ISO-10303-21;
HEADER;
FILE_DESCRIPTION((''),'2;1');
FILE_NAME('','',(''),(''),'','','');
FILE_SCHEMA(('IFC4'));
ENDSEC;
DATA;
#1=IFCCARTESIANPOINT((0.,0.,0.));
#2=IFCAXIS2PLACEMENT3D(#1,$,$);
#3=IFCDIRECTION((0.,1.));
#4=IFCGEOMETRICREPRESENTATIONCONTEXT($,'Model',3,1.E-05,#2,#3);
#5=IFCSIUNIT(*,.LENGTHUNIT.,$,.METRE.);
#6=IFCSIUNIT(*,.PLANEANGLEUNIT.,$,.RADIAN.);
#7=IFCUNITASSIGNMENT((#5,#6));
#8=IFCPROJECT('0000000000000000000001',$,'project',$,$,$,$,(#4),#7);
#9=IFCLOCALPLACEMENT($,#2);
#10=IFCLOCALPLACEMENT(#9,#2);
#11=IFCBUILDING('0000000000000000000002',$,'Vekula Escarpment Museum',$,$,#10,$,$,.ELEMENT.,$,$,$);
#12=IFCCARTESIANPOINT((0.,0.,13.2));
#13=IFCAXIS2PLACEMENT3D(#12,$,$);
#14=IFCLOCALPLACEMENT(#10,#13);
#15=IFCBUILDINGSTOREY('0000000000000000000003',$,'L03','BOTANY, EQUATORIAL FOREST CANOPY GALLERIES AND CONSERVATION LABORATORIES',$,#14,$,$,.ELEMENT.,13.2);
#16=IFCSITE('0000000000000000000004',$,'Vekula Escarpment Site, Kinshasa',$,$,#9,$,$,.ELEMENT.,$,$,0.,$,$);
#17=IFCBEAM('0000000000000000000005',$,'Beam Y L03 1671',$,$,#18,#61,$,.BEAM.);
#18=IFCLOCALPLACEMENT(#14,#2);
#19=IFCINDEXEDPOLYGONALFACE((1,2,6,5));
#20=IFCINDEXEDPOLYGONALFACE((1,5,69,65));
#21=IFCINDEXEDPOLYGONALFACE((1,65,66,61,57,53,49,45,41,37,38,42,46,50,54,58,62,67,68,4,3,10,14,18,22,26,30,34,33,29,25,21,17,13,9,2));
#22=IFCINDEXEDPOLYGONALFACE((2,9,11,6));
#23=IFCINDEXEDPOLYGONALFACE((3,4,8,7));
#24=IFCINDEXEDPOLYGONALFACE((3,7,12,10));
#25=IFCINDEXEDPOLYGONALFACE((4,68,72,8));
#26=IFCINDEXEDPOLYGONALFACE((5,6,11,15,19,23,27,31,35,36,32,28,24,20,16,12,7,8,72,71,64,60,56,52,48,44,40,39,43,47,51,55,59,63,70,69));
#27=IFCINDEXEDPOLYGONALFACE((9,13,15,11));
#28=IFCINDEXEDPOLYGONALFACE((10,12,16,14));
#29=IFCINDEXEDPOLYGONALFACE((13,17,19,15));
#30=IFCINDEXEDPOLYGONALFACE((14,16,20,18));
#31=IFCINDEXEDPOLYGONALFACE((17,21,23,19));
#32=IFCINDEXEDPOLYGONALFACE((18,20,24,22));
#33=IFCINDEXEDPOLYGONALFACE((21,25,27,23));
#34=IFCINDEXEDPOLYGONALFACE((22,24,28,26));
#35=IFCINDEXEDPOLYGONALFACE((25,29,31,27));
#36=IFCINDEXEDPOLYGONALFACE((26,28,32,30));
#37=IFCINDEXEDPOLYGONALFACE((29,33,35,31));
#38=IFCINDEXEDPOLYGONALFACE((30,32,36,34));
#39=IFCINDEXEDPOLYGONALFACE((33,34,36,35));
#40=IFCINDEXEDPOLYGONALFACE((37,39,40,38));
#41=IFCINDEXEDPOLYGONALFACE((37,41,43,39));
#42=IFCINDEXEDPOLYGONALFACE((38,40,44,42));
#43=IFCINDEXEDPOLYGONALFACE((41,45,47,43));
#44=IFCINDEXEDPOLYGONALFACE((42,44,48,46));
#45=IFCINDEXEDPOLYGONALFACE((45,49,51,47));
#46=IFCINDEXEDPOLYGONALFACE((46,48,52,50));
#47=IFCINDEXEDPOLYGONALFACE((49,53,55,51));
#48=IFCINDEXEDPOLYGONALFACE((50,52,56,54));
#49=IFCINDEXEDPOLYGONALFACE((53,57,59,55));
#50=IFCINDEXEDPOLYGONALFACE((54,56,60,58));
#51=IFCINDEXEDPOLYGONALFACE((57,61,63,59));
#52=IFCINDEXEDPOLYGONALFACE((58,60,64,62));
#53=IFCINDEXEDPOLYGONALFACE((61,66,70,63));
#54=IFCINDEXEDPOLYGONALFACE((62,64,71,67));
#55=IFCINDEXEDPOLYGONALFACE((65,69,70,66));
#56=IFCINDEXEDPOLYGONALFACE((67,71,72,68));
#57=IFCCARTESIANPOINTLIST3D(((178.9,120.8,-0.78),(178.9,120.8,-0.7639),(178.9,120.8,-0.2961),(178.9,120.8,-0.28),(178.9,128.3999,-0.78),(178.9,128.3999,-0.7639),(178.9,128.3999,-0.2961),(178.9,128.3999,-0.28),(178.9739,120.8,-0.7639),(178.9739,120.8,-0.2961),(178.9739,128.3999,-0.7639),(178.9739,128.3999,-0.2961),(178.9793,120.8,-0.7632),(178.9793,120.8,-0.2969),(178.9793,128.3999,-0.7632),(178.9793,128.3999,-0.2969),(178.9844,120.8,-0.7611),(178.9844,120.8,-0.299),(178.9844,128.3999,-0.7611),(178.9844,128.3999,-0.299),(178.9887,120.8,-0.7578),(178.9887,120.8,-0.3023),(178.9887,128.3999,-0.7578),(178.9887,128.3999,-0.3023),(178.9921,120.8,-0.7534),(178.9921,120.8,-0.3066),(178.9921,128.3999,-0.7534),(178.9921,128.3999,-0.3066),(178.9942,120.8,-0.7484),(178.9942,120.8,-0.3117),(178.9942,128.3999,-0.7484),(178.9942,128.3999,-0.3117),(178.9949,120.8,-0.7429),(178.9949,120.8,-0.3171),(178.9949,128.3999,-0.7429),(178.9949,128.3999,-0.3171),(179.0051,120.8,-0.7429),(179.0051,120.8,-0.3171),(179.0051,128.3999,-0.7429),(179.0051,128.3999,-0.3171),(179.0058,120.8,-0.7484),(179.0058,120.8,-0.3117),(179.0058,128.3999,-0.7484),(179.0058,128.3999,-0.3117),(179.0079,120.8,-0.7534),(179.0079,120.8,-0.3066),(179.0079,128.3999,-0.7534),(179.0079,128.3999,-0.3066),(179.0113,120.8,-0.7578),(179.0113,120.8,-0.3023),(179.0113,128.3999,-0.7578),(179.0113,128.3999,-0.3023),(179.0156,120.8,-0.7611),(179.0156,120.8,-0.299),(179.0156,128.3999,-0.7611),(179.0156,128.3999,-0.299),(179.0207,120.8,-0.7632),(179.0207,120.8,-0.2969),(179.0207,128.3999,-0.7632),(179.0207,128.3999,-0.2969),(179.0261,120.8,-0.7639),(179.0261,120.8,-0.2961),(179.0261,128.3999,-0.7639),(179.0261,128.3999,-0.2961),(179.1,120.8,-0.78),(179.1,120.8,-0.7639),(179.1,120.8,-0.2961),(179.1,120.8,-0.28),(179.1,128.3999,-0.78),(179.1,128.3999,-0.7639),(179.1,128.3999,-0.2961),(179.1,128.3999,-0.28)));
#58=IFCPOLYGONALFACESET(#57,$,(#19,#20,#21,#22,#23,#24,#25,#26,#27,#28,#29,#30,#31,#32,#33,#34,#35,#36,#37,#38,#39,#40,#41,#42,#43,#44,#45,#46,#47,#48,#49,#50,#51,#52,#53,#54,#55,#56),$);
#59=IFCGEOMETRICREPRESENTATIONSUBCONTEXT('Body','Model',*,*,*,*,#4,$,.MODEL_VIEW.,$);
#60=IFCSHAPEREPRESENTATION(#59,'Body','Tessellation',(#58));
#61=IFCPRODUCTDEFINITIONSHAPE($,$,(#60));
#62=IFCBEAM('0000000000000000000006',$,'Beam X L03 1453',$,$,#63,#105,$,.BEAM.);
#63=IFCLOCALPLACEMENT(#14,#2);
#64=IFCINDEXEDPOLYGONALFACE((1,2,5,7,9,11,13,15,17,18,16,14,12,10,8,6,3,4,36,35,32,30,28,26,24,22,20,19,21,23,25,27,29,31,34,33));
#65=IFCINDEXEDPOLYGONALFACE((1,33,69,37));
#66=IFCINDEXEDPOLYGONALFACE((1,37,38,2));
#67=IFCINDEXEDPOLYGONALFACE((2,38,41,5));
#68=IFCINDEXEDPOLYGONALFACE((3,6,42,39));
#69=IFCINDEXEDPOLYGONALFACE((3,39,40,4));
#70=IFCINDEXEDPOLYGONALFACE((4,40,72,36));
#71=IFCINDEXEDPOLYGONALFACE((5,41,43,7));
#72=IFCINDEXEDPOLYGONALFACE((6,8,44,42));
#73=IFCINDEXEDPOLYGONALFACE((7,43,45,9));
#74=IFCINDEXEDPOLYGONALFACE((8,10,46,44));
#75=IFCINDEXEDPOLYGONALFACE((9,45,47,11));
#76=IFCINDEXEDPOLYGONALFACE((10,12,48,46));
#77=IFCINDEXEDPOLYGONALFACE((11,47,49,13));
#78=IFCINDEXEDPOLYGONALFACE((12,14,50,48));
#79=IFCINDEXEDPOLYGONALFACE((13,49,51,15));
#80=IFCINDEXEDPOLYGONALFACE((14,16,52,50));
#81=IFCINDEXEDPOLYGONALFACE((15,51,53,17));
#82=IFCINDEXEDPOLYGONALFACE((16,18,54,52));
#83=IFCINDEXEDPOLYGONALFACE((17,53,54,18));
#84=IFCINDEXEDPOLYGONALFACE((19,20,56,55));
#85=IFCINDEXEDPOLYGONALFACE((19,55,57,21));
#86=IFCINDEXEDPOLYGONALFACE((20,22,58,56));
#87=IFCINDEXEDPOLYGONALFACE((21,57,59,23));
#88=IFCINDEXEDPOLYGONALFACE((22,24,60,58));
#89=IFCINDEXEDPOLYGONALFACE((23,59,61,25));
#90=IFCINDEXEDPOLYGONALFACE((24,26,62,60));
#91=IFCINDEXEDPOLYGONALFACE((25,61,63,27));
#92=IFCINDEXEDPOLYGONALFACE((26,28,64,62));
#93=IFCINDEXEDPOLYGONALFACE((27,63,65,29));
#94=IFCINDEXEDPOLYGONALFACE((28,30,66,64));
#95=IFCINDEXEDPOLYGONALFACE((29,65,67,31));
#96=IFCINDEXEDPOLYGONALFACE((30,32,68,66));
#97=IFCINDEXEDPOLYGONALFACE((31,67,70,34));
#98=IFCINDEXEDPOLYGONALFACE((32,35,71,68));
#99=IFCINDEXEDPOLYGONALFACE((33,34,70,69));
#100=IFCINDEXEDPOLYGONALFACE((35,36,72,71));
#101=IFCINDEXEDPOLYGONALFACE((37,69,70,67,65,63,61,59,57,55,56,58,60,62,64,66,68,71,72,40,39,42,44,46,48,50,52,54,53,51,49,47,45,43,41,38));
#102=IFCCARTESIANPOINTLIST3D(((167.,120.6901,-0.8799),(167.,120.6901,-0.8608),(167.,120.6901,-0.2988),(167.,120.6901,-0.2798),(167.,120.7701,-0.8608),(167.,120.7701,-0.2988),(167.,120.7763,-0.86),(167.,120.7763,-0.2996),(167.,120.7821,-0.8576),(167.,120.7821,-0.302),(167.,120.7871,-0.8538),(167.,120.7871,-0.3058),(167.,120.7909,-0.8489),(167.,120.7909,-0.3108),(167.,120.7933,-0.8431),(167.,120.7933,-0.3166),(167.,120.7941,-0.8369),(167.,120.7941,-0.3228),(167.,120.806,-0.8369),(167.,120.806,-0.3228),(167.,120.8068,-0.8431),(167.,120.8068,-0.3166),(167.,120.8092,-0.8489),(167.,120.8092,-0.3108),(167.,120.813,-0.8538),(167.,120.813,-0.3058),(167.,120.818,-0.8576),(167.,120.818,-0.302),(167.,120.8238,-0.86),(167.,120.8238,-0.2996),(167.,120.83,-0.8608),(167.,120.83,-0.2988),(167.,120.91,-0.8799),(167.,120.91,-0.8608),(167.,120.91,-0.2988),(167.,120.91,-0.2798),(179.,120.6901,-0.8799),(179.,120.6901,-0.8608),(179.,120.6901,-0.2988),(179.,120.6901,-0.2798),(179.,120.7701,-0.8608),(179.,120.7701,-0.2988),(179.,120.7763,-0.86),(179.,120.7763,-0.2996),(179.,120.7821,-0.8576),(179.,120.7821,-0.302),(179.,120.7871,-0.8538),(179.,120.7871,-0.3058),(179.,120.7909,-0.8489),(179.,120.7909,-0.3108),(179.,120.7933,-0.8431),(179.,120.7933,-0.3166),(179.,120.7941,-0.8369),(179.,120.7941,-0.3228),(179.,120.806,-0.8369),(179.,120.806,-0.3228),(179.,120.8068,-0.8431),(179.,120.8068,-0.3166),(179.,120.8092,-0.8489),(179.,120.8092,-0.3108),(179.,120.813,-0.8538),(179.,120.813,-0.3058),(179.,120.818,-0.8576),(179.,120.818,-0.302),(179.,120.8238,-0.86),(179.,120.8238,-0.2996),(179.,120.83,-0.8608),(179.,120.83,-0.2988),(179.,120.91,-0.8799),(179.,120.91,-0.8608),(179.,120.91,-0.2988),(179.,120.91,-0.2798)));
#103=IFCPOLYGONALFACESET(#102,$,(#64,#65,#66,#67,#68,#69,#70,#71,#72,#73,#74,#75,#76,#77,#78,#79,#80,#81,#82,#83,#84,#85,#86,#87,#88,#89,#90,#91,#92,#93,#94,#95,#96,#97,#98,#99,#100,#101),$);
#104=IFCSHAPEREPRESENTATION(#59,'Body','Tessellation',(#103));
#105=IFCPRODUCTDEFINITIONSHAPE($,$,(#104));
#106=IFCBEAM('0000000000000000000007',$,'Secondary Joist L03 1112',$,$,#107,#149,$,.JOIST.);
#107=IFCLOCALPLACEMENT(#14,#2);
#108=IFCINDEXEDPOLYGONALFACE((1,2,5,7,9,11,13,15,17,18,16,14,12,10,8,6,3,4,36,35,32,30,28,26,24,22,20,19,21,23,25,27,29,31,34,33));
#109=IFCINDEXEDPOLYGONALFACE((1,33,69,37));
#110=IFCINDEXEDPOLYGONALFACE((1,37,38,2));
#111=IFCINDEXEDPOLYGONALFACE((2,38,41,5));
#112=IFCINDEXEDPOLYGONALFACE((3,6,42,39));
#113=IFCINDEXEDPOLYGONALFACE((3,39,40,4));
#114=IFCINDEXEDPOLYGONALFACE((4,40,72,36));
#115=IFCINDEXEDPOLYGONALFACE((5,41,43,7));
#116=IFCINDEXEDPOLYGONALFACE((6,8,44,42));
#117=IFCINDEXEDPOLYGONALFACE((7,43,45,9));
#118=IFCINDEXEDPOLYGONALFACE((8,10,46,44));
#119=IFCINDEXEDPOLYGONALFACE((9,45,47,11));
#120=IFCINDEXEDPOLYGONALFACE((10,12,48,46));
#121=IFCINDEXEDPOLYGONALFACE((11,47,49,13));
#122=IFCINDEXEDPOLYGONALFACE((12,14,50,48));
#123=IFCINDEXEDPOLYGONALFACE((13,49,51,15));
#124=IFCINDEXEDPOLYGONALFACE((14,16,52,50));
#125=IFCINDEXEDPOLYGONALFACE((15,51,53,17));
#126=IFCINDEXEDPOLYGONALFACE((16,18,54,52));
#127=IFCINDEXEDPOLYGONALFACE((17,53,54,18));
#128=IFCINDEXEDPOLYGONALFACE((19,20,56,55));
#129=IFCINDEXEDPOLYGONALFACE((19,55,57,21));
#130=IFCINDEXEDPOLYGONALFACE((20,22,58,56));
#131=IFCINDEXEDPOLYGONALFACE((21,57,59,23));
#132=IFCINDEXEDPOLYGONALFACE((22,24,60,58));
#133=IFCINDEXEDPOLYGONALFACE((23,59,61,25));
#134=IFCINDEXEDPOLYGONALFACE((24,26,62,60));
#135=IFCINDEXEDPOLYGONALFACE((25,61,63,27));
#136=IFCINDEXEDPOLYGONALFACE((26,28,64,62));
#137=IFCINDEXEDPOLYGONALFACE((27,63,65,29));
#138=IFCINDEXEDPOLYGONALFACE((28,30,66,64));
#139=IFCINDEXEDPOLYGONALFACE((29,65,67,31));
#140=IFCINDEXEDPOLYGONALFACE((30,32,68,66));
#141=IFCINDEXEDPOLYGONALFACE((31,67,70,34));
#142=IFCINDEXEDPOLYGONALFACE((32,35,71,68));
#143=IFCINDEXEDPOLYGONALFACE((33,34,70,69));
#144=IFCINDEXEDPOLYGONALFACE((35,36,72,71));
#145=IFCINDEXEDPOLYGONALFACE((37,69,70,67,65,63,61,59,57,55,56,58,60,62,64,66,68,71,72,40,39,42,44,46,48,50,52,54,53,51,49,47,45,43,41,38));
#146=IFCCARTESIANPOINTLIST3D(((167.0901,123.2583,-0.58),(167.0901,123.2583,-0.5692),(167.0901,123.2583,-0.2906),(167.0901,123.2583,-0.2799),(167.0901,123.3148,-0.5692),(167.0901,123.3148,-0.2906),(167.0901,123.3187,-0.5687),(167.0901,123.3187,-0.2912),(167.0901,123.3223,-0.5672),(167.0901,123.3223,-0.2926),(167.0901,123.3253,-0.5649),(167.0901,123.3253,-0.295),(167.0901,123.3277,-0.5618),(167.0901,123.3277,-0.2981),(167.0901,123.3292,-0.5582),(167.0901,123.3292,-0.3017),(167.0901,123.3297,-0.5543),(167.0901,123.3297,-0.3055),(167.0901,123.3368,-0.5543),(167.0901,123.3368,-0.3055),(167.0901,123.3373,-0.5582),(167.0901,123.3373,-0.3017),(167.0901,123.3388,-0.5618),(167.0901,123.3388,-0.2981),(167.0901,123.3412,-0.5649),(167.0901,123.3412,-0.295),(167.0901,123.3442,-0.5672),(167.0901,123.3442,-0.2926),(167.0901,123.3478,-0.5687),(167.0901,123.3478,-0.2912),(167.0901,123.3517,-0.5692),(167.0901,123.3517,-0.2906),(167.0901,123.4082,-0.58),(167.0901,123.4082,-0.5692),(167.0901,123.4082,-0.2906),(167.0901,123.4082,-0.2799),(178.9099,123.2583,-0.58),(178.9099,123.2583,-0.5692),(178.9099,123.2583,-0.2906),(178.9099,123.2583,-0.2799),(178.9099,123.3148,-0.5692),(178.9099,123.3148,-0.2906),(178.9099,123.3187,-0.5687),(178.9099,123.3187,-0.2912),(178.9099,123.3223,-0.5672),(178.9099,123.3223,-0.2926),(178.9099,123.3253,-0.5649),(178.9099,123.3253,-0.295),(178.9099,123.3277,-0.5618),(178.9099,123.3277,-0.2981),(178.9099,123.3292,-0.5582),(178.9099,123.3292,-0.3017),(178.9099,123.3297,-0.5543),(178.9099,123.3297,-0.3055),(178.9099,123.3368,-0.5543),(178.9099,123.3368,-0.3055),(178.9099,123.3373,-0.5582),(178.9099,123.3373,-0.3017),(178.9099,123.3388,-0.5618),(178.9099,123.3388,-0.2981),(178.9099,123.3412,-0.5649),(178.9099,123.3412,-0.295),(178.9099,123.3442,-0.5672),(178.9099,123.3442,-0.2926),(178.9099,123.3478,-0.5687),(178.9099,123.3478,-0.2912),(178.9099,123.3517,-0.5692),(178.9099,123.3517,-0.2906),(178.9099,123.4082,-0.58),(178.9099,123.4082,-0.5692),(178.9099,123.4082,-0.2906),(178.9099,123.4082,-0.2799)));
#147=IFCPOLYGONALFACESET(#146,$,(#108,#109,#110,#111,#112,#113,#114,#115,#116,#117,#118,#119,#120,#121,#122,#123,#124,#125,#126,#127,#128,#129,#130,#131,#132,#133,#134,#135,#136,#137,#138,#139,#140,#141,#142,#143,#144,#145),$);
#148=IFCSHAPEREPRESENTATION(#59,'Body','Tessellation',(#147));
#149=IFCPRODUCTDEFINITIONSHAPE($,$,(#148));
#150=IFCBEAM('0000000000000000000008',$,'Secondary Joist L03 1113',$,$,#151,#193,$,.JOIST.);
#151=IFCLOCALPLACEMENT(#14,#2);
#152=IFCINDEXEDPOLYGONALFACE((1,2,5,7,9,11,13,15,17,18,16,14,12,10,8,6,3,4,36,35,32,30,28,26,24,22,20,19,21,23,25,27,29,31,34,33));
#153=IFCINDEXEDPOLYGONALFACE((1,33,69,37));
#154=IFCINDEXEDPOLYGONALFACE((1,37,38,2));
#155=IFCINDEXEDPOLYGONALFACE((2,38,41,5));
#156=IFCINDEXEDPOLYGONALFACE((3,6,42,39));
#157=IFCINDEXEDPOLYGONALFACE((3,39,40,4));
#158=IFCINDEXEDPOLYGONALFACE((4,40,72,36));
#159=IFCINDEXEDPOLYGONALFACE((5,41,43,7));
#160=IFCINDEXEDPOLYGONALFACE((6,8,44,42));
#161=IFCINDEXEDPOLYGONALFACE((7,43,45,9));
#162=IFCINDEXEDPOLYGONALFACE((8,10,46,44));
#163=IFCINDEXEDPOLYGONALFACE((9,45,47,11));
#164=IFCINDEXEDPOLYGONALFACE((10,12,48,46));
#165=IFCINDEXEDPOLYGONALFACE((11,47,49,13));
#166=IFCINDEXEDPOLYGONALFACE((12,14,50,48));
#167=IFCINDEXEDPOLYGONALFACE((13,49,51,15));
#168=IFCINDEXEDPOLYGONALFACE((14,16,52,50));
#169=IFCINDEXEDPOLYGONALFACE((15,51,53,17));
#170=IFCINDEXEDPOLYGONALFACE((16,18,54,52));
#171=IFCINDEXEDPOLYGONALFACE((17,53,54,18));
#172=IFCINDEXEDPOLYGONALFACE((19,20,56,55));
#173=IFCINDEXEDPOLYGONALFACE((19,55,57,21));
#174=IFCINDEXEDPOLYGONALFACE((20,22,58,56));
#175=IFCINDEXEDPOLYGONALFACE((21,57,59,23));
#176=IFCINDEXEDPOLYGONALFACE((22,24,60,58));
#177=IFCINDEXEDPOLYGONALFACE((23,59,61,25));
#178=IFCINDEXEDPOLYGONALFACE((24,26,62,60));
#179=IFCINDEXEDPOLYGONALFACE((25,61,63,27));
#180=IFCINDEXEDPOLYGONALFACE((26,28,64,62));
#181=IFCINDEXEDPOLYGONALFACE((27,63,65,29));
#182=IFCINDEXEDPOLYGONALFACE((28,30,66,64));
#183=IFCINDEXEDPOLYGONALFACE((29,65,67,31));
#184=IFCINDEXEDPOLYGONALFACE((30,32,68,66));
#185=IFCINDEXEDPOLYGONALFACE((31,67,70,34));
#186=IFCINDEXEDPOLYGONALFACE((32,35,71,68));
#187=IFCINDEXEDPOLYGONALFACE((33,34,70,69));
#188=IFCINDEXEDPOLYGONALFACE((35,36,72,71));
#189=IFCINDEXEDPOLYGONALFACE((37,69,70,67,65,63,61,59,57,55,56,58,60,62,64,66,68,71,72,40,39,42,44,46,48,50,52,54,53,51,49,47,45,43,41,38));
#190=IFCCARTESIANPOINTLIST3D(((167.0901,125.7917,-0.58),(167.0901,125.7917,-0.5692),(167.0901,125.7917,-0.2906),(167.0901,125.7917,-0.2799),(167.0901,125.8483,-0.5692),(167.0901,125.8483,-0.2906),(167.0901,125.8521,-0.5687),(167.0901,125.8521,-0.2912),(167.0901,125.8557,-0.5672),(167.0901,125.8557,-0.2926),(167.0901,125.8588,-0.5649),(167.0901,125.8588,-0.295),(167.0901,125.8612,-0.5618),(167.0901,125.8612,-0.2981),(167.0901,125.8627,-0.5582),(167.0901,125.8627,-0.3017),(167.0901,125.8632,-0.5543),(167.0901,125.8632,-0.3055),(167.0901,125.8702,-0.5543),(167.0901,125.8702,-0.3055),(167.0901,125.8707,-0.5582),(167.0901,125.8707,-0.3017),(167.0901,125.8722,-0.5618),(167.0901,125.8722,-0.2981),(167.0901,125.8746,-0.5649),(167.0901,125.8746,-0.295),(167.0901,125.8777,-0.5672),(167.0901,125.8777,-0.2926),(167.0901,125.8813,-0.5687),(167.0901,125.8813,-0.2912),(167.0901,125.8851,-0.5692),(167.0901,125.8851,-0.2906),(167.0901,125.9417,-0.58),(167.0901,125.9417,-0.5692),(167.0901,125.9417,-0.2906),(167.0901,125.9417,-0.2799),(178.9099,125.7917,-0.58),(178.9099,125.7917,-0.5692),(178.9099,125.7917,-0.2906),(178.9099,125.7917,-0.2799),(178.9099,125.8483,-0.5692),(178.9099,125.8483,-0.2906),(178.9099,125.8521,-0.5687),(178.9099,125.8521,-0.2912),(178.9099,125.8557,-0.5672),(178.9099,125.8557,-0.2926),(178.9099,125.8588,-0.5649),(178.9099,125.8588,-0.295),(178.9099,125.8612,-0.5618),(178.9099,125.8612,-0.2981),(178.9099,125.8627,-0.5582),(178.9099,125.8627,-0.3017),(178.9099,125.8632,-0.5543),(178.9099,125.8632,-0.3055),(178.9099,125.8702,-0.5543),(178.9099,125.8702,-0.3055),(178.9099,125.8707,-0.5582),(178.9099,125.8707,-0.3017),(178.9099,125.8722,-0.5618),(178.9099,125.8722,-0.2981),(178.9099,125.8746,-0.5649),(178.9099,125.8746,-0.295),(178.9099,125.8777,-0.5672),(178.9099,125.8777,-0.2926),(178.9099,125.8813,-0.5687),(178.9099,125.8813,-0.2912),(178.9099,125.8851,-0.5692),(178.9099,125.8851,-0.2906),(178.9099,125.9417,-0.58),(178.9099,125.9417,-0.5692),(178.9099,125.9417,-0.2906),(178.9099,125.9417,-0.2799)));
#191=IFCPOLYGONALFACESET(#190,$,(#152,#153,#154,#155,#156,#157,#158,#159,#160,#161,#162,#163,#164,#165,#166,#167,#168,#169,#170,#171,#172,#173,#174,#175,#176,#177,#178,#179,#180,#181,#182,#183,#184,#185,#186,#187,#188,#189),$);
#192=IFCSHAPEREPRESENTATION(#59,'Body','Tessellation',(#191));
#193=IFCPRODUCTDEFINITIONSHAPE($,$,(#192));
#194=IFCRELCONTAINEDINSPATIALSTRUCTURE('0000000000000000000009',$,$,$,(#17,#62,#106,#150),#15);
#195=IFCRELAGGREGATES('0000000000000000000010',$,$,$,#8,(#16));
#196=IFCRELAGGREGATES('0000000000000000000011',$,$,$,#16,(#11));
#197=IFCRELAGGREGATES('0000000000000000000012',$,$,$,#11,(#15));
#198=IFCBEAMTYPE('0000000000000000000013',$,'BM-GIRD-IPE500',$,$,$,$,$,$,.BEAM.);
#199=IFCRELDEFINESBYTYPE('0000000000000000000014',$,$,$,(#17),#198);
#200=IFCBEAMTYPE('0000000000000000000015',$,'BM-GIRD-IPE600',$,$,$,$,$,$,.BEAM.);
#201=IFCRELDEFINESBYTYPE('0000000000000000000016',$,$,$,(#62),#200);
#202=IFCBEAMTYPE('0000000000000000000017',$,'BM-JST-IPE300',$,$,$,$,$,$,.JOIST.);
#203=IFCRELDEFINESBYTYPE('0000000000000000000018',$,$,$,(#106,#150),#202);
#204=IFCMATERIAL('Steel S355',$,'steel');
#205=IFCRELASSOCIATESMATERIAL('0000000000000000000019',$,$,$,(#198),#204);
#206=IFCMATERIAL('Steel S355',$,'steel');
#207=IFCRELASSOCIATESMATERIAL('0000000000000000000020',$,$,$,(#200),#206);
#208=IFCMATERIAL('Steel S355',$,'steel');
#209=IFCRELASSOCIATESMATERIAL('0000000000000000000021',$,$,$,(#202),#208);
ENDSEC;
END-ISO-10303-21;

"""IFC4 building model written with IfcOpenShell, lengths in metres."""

from ifc_helpers import new_model, si_unit, direction, frame, origin, origin_2d, place, context, subcontext, project, spatial, i_section, extrude, material, material_profile, profile_set, type_object, element, save


model = new_model("IFC4")

# Units and contexts
model_context = context("Model", 3, precision=1e-05, world=origin(), true_north=direction((0.0, 1.0)))
body_context = subcontext(model_context, "Body", "Model", "MODEL_VIEW")
ifc_project = project(units=[si_unit("LENGTHUNIT", "METRE"), si_unit("PLANEANGLEUNIT", "RADIAN")], contexts=[model_context])

# Site, building, storey
site_placement = place(None, origin())
site = spatial("IfcSite", under=ifc_project, at=site_placement, Name="Vekula Escarpment Site, Kinshasa", CompositionType="ELEMENT", RefElevation=0.0)
building_placement = place(site_placement, origin())
building = spatial("IfcBuilding", under=site, at=building_placement, Name="Vekula Escarpment Museum", CompositionType="ELEMENT")
storey_placement = place(building_placement, frame((0.0, 0.0, 13.2)))
storey = spatial("IfcBuildingStorey", under=building, at=storey_placement, Name="L03", Description="BOTANY, EQUATORIAL FOREST CANOPY GALLERIES AND CONSERVATION LABORATORIES", CompositionType="ELEMENT", Elevation=13.2)

# Beams
ifc_material_1 = material(Name="Steel S355", Category="steel")
ifc_material_profile_1 = material_profile(ifc_material_1, i_section(OverallWidth=0.2, OverallDepth=0.5, WebThickness=0.0103, FlangeThickness=0.0161, FilletRadius=0.021, at=origin_2d()), Name="IPE 500")
ifc_profile_set_1 = profile_set([ifc_material_profile_1], Name="Steel S355")
beam_type_1 = type_object("IfcBeamType", Name="BM-GIRD-IPE500", PredefinedType="BEAM", material=ifc_profile_set_1)
beam_1_placement = place(storey_placement, frame((179.0, 120.8, -0.53), z_axis=(0.0, 1.0, 0.0), x_axis=(-1.0, 0.0, 0.0)))
element("IfcBeam", 1, at=beam_1_placement, inside=storey, type_object=beam_type_1, Name="Beam Y L03 1671", PredefinedType="BEAM", context=body_context, shape_type="SweptSolid", body=[
    extrude(i_section(OverallWidth=0.2, OverallDepth=0.5, WebThickness=0.0103, FlangeThickness=0.0161, FilletRadius=0.021, at=origin_2d()), origin(), (0.0, 0.0, 1.0), 7.5999),
])
ifc_material_2 = material(Name="Steel S355", Category="steel")
ifc_material_profile_2 = material_profile(ifc_material_2, i_section(OverallWidth=0.22, OverallDepth=0.6001, WebThickness=0.012, FlangeThickness=0.019, FilletRadius=0.0239, at=origin_2d()), Name="IPE 600")
ifc_profile_set_2 = profile_set([ifc_material_profile_2], Name="Steel S355")
beam_type_2 = type_object("IfcBeamType", Name="BM-GIRD-IPE600", PredefinedType="BEAM", material=ifc_profile_set_2)
beam_2_placement = place(storey_placement, frame((167.0, 120.8, -0.5798), z_axis=(1.0, 0.0, 0.0), x_axis=(0.0, 1.0, 0.0)))
element("IfcBeam", 2, at=beam_2_placement, inside=storey, type_object=beam_type_2, Name="Beam X L03 1453", PredefinedType="BEAM", context=body_context, shape_type="SweptSolid", body=[
    extrude(i_section(OverallWidth=0.22, OverallDepth=0.6001, WebThickness=0.012, FlangeThickness=0.019, FilletRadius=0.0239, at=origin_2d()), origin(), (0.0, 0.0, 1.0), 12.0),
])
ifc_material_3 = material(Name="Steel S355", Category="steel")
ifc_material_profile_3 = material_profile(ifc_material_3, i_section(OverallWidth=0.1499, OverallDepth=0.3, WebThickness=0.0071, FlangeThickness=0.0107, FilletRadius=0.0149, at=origin_2d()), Name="IPE 300")
ifc_profile_set_3 = profile_set([ifc_material_profile_3], Name="Steel S355")
beam_type_3 = type_object("IfcBeamType", Name="BM-JST-IPE300", PredefinedType="JOIST", material=ifc_profile_set_3)
for number, where, z_axis, x_axis, name in (
    (3, (167.0901, 123.3333, -0.4299), (1.0, 0.0, 0.0), (0.0, 1.0, 0.0), "Secondary Joist L03 1112"),
    (4, (167.0901, 125.8667, -0.4299), (1.0, 0.0, 0.0), (0.0, 1.0, 0.0), "Secondary Joist L03 1113"),
):
    element("IfcBeam", number, at=place(storey_placement, frame(where, z_axis=z_axis, x_axis=x_axis)), inside=storey, type_object=beam_type_3, Name=name, PredefinedType="JOIST", context=body_context, shape_type="SweptSolid", body=[
        extrude(i_section(OverallWidth=0.1499, OverallDepth=0.3, WebThickness=0.0071, FlangeThickness=0.0107, FilletRadius=0.0149, at=origin_2d()), origin(), (0.0, 0.0, 1.0), 11.8198),
    ])

save(model, "model.ifc")
